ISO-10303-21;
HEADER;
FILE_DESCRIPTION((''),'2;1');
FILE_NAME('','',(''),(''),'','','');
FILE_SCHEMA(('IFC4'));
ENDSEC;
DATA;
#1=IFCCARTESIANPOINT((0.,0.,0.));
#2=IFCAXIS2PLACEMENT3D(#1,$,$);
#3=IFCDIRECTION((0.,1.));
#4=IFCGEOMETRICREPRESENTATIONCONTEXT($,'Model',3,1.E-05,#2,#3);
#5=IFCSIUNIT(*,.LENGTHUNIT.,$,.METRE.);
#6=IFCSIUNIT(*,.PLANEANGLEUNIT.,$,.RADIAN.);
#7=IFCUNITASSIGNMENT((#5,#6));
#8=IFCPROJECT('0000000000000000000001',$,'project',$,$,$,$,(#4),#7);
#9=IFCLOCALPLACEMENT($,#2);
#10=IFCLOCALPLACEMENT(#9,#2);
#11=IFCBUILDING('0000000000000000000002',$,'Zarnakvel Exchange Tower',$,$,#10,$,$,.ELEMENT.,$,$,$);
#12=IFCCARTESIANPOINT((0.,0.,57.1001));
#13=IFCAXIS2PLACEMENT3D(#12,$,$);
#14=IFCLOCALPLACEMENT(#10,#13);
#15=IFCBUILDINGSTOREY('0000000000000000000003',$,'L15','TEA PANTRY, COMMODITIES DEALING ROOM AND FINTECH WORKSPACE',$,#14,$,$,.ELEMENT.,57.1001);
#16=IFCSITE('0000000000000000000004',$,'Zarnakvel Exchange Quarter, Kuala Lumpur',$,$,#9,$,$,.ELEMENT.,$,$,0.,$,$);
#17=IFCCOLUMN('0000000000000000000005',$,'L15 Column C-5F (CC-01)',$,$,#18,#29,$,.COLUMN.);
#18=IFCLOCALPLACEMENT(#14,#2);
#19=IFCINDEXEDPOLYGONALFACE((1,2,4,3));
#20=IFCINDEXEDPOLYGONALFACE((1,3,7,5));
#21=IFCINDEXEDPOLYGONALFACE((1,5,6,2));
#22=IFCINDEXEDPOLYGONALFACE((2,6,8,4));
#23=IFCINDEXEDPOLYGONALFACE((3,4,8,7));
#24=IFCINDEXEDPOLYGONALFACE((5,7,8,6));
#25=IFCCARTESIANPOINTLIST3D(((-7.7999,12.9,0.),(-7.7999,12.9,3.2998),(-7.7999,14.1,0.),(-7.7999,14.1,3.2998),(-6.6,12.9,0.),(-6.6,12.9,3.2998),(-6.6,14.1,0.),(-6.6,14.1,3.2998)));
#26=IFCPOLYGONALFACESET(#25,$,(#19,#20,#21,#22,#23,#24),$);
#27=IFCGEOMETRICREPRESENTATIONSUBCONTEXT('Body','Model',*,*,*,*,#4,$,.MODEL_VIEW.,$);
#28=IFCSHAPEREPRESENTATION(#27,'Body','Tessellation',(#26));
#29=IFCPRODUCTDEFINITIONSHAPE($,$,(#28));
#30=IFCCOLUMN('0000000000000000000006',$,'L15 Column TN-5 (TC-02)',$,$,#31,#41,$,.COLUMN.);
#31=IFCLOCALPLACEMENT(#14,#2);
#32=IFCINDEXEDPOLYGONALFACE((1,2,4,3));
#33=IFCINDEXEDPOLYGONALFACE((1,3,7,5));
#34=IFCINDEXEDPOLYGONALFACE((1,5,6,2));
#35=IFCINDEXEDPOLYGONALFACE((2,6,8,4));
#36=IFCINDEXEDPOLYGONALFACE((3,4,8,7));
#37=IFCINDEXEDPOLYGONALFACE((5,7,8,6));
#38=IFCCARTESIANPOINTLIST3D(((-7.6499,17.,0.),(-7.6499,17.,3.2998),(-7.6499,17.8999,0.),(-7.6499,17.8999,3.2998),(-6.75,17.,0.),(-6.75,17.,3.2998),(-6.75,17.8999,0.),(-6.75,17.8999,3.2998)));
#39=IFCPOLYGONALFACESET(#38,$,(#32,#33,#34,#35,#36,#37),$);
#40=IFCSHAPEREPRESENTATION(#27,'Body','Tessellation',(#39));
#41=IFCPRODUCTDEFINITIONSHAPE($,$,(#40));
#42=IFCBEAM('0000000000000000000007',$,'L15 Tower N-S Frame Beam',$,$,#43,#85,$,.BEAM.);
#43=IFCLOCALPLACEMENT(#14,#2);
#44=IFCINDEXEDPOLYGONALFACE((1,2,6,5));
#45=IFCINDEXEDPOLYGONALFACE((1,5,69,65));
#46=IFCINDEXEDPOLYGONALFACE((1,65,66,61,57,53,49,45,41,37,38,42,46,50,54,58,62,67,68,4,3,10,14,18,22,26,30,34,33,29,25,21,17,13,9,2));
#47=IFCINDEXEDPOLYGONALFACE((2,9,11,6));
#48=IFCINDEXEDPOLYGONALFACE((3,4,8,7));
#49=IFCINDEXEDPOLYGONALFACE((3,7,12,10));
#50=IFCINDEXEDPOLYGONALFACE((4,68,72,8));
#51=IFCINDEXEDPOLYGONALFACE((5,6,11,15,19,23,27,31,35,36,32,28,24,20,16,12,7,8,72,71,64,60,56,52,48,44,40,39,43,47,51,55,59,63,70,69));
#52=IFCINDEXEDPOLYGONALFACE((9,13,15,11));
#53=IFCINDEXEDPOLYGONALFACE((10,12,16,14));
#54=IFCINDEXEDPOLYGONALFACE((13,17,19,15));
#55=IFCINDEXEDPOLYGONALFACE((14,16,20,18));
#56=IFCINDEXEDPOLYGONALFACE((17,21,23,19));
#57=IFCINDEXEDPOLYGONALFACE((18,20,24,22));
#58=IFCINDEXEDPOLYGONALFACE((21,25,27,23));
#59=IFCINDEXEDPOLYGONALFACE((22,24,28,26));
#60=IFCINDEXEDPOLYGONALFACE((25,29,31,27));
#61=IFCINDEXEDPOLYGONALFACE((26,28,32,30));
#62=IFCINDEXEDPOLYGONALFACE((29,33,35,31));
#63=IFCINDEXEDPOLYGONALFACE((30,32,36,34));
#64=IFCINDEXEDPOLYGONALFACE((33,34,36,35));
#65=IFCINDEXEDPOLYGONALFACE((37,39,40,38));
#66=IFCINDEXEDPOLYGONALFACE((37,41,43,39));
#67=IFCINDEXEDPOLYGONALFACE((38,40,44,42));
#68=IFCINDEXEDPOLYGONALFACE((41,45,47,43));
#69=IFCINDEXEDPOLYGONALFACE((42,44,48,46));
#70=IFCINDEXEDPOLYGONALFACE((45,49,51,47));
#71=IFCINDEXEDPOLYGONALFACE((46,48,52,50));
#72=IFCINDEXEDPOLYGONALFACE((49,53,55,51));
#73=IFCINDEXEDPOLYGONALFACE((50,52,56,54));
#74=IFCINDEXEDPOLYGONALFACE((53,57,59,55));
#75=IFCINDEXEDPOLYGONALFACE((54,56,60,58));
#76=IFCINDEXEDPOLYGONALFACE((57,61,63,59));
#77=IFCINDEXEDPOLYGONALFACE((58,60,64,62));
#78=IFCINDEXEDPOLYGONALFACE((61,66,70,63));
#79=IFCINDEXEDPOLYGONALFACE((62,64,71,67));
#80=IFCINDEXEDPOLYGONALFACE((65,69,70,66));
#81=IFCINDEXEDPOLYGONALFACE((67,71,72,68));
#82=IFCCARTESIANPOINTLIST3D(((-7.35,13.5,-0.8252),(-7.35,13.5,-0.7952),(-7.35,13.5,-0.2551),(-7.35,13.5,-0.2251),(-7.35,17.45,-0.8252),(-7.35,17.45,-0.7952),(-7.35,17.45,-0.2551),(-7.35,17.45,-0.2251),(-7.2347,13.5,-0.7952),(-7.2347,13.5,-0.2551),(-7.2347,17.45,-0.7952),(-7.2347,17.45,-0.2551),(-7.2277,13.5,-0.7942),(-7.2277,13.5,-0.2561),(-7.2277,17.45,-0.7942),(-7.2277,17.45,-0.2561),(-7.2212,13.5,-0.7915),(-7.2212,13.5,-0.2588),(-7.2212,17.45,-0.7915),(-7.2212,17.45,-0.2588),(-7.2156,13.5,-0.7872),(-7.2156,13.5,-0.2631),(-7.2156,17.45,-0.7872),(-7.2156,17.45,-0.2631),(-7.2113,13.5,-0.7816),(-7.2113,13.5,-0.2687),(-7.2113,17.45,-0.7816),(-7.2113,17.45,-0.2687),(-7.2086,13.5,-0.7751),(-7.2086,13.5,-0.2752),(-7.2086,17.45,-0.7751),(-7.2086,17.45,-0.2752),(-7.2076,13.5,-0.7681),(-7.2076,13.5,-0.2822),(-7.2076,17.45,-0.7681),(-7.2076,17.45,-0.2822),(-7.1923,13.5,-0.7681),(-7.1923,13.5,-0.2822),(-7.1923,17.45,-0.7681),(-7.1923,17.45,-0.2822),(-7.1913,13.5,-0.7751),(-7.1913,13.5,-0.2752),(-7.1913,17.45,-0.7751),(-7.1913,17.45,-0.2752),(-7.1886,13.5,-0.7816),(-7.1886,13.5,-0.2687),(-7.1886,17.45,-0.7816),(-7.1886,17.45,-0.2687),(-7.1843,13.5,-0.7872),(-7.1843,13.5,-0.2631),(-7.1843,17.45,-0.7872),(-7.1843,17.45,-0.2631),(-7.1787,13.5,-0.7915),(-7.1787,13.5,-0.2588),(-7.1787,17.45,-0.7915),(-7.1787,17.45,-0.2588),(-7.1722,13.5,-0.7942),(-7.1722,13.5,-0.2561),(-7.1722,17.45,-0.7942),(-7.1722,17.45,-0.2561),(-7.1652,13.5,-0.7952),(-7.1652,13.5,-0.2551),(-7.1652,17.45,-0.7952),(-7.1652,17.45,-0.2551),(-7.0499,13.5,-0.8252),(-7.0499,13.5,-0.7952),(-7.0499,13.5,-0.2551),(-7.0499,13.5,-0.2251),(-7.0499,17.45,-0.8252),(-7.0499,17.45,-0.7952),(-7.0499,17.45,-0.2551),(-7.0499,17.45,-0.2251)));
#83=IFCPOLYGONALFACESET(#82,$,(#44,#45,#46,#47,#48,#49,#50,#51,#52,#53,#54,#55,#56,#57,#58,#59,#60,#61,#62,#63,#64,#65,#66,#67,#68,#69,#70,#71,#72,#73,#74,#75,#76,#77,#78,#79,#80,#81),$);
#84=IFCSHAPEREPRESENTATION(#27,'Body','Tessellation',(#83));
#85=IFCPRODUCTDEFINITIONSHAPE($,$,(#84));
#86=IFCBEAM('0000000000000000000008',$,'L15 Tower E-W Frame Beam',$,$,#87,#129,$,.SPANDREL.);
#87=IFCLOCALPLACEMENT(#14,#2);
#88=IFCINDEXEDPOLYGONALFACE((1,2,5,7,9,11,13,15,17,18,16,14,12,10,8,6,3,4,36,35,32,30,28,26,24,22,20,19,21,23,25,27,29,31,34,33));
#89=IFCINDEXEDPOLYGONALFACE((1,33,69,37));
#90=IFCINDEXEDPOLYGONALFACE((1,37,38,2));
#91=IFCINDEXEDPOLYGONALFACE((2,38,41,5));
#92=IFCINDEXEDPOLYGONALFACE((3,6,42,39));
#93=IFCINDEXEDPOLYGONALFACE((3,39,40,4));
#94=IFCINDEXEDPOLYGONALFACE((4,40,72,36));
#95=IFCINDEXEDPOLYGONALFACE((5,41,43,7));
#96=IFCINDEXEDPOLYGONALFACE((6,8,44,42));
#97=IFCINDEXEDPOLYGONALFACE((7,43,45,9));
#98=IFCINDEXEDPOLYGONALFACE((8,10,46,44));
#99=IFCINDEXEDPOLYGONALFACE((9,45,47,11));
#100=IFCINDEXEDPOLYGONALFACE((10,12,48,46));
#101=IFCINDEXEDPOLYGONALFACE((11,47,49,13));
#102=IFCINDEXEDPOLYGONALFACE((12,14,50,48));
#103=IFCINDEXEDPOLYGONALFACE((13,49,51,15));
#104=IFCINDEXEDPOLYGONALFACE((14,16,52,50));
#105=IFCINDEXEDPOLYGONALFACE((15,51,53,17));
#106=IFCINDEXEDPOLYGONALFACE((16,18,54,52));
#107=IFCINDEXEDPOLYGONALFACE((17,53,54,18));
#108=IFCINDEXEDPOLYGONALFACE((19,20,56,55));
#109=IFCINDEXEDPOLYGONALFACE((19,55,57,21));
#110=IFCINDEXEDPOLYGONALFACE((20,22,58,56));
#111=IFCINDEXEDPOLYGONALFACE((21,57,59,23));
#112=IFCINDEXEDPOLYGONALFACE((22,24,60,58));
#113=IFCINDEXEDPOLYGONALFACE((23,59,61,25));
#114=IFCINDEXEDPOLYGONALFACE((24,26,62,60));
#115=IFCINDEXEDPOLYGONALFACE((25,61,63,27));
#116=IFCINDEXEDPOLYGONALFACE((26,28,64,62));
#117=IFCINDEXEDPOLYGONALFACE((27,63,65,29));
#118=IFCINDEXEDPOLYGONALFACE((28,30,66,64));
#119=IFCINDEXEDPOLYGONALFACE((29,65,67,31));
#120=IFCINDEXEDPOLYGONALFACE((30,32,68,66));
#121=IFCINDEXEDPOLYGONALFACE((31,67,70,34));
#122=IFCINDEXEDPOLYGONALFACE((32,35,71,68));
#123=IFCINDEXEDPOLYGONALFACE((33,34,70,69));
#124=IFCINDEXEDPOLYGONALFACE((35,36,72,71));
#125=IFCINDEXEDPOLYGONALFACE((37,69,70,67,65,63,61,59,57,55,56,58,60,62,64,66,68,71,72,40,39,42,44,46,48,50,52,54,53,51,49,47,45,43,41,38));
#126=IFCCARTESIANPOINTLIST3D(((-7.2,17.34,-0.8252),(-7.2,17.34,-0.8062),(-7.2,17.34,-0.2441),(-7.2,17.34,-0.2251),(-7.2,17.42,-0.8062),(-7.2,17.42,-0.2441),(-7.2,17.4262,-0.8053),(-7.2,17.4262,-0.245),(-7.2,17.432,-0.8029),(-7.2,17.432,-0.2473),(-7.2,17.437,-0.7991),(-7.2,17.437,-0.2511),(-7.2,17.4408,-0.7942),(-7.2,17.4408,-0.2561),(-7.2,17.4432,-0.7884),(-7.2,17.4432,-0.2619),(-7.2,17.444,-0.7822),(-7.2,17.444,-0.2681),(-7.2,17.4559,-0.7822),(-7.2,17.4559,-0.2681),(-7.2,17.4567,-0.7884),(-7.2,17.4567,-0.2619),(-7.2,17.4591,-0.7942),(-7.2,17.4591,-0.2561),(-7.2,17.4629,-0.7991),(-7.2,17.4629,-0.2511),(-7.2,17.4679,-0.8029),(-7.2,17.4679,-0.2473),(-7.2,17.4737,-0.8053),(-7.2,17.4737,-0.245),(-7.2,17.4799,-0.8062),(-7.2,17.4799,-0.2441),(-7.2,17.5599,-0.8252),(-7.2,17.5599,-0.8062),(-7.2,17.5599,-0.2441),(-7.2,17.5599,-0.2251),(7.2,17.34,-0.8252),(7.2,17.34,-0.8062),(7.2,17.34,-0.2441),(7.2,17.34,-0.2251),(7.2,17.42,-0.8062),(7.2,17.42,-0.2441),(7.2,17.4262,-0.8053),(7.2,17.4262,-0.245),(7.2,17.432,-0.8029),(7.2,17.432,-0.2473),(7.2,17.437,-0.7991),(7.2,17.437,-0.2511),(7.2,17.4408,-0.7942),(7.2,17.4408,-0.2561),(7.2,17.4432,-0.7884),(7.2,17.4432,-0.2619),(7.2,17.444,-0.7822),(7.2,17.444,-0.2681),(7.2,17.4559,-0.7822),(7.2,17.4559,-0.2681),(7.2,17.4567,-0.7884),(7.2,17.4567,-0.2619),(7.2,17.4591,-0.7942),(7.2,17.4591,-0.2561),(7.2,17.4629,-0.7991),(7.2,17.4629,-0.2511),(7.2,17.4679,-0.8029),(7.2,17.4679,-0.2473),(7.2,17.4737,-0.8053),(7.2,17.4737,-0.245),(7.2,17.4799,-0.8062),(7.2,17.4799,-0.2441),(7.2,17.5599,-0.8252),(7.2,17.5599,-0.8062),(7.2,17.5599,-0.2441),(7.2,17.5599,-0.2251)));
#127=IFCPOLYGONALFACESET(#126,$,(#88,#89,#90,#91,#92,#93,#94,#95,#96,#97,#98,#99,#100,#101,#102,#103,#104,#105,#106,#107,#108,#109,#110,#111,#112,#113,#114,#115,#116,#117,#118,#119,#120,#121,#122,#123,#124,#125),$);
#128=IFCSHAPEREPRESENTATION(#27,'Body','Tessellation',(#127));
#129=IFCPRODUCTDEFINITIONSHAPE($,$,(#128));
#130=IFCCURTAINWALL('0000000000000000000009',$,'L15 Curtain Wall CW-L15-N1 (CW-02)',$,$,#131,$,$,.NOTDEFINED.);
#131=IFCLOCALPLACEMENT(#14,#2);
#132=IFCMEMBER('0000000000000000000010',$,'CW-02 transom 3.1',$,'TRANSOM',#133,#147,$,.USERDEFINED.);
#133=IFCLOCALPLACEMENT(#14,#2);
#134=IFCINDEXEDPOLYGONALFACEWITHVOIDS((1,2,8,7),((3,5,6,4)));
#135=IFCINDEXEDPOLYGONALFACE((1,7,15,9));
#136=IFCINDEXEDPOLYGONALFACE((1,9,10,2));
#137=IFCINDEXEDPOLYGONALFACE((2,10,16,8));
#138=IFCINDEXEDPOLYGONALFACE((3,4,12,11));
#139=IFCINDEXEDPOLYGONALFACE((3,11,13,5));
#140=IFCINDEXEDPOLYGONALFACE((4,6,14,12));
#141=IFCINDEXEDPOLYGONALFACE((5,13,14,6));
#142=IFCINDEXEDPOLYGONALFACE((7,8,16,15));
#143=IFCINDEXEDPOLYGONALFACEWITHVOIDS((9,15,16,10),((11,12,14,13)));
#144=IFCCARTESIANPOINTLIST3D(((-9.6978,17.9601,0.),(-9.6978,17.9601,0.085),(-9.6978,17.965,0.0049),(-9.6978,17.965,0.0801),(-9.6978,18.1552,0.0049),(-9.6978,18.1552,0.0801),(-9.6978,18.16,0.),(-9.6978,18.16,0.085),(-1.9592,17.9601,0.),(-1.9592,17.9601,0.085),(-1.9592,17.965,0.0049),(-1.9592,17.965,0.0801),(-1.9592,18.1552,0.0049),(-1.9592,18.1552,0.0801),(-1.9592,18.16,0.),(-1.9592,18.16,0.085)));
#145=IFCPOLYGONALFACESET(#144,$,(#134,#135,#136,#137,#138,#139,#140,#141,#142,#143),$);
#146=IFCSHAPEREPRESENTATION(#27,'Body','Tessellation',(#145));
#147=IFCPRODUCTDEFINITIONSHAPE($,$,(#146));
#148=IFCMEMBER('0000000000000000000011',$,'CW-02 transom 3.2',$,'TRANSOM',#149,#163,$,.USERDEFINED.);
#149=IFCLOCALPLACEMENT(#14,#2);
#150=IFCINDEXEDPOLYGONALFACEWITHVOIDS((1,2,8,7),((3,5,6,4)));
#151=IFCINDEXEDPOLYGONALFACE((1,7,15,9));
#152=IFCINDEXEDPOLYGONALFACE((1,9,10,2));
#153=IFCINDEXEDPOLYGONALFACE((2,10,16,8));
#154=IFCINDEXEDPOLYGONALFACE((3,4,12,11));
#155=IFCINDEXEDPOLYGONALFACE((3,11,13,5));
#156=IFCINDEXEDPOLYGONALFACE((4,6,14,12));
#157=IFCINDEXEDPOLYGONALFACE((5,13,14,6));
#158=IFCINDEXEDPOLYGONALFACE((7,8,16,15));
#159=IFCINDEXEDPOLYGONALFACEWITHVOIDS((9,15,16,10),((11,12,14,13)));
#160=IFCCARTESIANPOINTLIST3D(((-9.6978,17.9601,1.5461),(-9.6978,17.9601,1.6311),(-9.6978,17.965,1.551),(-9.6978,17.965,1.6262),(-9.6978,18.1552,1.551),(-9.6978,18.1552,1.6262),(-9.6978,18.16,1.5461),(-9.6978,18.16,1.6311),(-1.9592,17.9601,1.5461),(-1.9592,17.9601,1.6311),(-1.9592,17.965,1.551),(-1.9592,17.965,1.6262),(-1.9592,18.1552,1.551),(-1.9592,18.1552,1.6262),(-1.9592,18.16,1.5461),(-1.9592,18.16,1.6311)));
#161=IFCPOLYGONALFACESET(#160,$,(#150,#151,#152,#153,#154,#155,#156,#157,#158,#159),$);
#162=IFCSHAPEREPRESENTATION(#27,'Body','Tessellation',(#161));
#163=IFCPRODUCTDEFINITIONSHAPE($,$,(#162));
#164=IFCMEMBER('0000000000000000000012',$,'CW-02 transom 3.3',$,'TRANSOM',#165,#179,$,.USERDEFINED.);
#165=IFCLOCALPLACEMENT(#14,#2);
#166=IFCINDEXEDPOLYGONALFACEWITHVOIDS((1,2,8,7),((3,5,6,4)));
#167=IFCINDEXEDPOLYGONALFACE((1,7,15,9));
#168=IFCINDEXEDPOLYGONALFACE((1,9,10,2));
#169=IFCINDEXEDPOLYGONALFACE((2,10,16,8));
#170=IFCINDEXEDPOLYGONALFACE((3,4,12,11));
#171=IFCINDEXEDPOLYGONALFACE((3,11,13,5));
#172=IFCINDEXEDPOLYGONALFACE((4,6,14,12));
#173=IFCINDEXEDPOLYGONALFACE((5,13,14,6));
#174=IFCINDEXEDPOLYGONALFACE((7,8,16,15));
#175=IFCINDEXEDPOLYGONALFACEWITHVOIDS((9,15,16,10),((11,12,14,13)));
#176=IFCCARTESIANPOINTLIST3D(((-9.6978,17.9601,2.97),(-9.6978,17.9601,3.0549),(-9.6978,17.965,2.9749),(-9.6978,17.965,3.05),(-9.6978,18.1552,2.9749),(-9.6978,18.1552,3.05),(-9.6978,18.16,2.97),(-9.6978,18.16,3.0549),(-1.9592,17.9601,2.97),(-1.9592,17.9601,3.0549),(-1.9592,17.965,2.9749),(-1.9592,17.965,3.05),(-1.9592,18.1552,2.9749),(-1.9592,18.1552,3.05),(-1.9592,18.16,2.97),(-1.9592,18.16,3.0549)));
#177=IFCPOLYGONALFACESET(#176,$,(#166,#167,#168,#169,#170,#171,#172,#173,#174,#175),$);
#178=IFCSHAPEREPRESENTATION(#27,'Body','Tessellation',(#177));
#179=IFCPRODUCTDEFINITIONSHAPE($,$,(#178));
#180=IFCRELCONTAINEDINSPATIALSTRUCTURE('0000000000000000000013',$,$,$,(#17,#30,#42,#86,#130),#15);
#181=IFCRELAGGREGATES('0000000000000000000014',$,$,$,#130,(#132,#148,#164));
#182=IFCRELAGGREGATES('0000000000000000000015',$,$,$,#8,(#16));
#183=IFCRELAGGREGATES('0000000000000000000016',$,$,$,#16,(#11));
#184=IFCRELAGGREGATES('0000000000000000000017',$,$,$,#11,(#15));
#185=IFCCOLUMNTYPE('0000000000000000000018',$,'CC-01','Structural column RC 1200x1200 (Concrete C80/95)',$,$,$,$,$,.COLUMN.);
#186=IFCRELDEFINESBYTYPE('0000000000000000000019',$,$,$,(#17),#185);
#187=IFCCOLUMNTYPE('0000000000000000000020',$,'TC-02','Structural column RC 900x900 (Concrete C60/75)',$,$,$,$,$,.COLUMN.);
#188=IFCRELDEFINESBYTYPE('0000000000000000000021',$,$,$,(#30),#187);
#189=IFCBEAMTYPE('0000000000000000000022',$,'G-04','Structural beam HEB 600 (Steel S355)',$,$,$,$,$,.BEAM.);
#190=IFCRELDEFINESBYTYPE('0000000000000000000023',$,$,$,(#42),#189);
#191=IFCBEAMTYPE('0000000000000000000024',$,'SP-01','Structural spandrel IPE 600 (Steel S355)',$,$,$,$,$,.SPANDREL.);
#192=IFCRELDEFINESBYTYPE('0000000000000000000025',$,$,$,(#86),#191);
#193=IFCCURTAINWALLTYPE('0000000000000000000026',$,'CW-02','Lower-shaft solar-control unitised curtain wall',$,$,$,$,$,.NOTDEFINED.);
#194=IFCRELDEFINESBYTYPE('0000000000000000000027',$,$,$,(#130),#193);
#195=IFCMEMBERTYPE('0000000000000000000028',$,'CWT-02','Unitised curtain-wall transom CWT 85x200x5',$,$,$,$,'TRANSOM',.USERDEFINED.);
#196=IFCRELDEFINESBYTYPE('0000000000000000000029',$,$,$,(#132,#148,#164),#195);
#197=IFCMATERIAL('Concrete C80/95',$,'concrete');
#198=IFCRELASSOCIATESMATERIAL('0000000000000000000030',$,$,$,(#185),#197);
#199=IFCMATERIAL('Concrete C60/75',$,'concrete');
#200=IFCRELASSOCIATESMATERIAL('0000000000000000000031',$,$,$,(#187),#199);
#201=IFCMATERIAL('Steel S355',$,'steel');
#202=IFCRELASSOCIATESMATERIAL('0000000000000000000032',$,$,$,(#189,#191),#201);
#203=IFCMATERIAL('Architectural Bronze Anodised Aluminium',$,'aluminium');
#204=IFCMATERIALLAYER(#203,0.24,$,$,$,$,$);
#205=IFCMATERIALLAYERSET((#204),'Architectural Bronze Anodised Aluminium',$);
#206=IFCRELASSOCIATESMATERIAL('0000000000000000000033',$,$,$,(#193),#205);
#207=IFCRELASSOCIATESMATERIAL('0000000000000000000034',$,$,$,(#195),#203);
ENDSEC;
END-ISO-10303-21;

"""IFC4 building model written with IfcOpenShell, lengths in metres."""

from ifc_helpers import new_model, si_unit, direction, frame, origin, origin_2d, place, context, subcontext, project, spatial, rectangle, hollow_rectangle, i_section, extrude, source, transform, mapped, material, layer, layer_set, material_profile, profile_set, type_object, element, aggregate, save


model = new_model("IFC4")

# Units and contexts
model_context = context("Model", 3, precision=1e-05, world=origin(), true_north=direction((0.0, 1.0)))
body_context = subcontext(model_context, "Body", "Model", "MODEL_VIEW")
ifc_project = project(units=[si_unit("LENGTHUNIT", "METRE"), si_unit("PLANEANGLEUNIT", "RADIAN")], contexts=[model_context])

# Site, building, storey
site_placement = place(None, origin())
site = spatial("IfcSite", under=ifc_project, at=site_placement, Name="Zarnakvel Exchange Quarter, Kuala Lumpur", CompositionType="ELEMENT", RefElevation=0.0)
building_placement = place(site_placement, origin())
building = spatial("IfcBuilding", under=site, at=building_placement, Name="Zarnakvel Exchange Tower", CompositionType="ELEMENT")
storey_placement = place(building_placement, frame((0.0, 0.0, 57.1001)))
storey = spatial("IfcBuildingStorey", under=building, at=storey_placement, Name="L15", Description="TEA PANTRY, COMMODITIES DEALING ROOM AND FINTECH WORKSPACE", CompositionType="ELEMENT", Elevation=57.1001)

# Columns
ifc_material_1 = material(Name="Concrete C80/95", Category="concrete")
ifc_material_profile_1 = material_profile(ifc_material_1, rectangle(XDim=1.2, YDim=1.2, at=origin_2d()))
ifc_profile_set_1 = profile_set([ifc_material_profile_1], Name="Concrete C80/95")
column_type_1 = type_object("IfcColumnType", Name="CC-01", Description="Structural column RC 1200x1200 (Concrete C80/95)", PredefinedType="COLUMN", material=ifc_profile_set_1)
column_1_placement = place(storey_placement, frame((-7.2, 13.5, 0.0), z_axis=(0.0, 0.0, 1.0), x_axis=(1.0, 0.0, 0.0)))
element("IfcColumn", 1, at=column_1_placement, inside=storey, type_object=column_type_1, Name="L15 Column C-5F (CC-01)", PredefinedType="COLUMN", context=body_context, shape_type="SweptSolid", body=[
    extrude(rectangle(XDim=1.2, YDim=1.2, at=origin_2d()), origin(), (0.0, 0.0, 1.0), 3.2998),
])
ifc_material_2 = material(Name="Concrete C60/75", Category="concrete")
ifc_material_profile_2 = material_profile(ifc_material_2, rectangle(XDim=0.8999, YDim=0.8999, at=origin_2d()))
ifc_profile_set_2 = profile_set([ifc_material_profile_2], Name="Concrete C60/75")
column_type_2 = type_object("IfcColumnType", Name="TC-02", Description="Structural column RC 900x900 (Concrete C60/75)", PredefinedType="COLUMN", material=ifc_profile_set_2)
column_2_placement = place(storey_placement, frame((-7.2, 17.45, 0.0), z_axis=(0.0, 0.0, 1.0), x_axis=(1.0, 0.0, 0.0)))
element("IfcColumn", 2, at=column_2_placement, inside=storey, type_object=column_type_2, Name="L15 Column TN-5 (TC-02)", PredefinedType="COLUMN", context=body_context, shape_type="SweptSolid", body=[
    extrude(rectangle(XDim=0.8999, YDim=0.8999, at=origin_2d()), origin(), (0.0, 0.0, 1.0), 3.2998),
])

# Beams
ifc_material_3 = material(Name="Steel S355", Category="steel")
ifc_material_profile_3 = material_profile(ifc_material_3, i_section(OverallWidth=0.3, OverallDepth=0.6001, WebThickness=0.0154, FlangeThickness=0.03, FilletRadius=0.0271, at=origin_2d()))
ifc_profile_set_3 = profile_set([ifc_material_profile_3], Name="Steel S355")
beam_type_1 = type_object("IfcBeamType", Name="G-04", Description="Structural beam HEB 600 (Steel S355)", PredefinedType="BEAM", material=ifc_profile_set_3)
beam_1_placement = place(storey_placement, frame((-7.2, 13.5, -0.5251), z_axis=(0.0, 1.0, 0.0), x_axis=(-1.0, 0.0, 0.0)))
element("IfcBeam", 3, at=beam_1_placement, inside=storey, type_object=beam_type_1, Name="L15 Tower N-S Frame Beam", PredefinedType="BEAM", context=body_context, shape_type="SweptSolid", body=[
    extrude(i_section(OverallWidth=0.3, OverallDepth=0.6001, WebThickness=0.0154, FlangeThickness=0.03, FilletRadius=0.0271, at=origin_2d()), origin(), (0.0, 0.0, 1.0), 3.95),
])
ifc_material_profile_4 = material_profile(ifc_material_3, i_section(OverallWidth=0.22, OverallDepth=0.6001, WebThickness=0.012, FlangeThickness=0.019, FilletRadius=0.0239, at=origin_2d()))
ifc_profile_set_4 = profile_set([ifc_material_profile_4], Name="Steel S355")
beam_type_2 = type_object("IfcBeamType", Name="SP-01", Description="Structural spandrel IPE 600 (Steel S355)", PredefinedType="SPANDREL", material=ifc_profile_set_4)
beam_2_placement = place(storey_placement, frame((-7.2, 17.45, -0.5251), z_axis=(1.0, 0.0, 0.0), x_axis=(0.0, 1.0, 0.0)))
element("IfcBeam", 4, at=beam_2_placement, inside=storey, type_object=beam_type_2, Name="L15 Tower E-W Frame Beam", PredefinedType="SPANDREL", context=body_context, shape_type="SweptSolid", body=[
    extrude(i_section(OverallWidth=0.22, OverallDepth=0.6001, WebThickness=0.012, FlangeThickness=0.019, FilletRadius=0.0239, at=origin_2d()), origin(), (0.0, 0.0, 1.0), 14.3999),
])

# Curtain wall, members
ifc_material_4 = material(Name="Architectural Bronze Anodised Aluminium", Category="aluminium")
ifc_layer_1 = layer(ifc_material_4, 0.24)
ifc_layer_set_1 = layer_set([ifc_layer_1], Name="Architectural Bronze Anodised Aluminium")
curtain_wall_type = type_object("IfcCurtainWallType", Name="CW-02", Description="Lower-shaft solar-control unitised curtain wall", PredefinedType="NOTDEFINED", material=ifc_layer_set_1)
curtain_wall_placement = place(storey_placement, origin())
curtain_wall = element("IfcCurtainWall", 5, at=curtain_wall_placement, inside=storey, type_object=curtain_wall_type, Name="L15 Curtain Wall CW-L15-N1 (CW-02)", PredefinedType="NOTDEFINED")
ifc_material_profile_5 = material_profile(ifc_material_4, hollow_rectangle(XDim=0.2, YDim=0.085, WallThickness=0.0049, at=origin_2d()))
ifc_profile_set_5 = profile_set([ifc_material_profile_5], Name="Architectural Bronze Anodised Aluminium")
member_type_1 = type_object("IfcMemberType", Name="CWT-02", Description="Unitised curtain-wall transom CWT 85x200x5", ElementType="TRANSOM", PredefinedType="USERDEFINED", material=ifc_profile_set_5)
shared_shape_1 = source(origin(), body_context, "Body", "SweptSolid", [
    extrude(hollow_rectangle(XDim=0.2, YDim=0.085, WallThickness=0.0049, at=origin_2d()), origin(), (0.0, 0.0, 1.0), 7.7385),
])
member_1_placement = place(storey_placement, frame((-9.6978, 18.0601, 0.0425), z_axis=(1.0, 0.0, 0.0), x_axis=(0.0, 1.0, 0.0)))
member_1 = element("IfcMember", 6, at=member_1_placement, type_object=member_type_1, Name="CW-02 transom 3.1", ObjectType="TRANSOM", PredefinedType="USERDEFINED", context=body_context, shape_type="MappedRepresentation", body=[
    mapped(shared_shape_1, transform((0.0, 0.0, 0.0), x_axis=(1.0, 0.0, 0.0), y_axis=(0.0, 1.0, 0.0), z_axis=(0.0, 0.0, 1.0), scale=1.0)),
])
member_2_placement = place(storey_placement, frame((-9.6978, 18.0601, 1.5886), z_axis=(1.0, 0.0, 0.0), x_axis=(0.0, 1.0, 0.0)))
member_2 = element("IfcMember", 7, at=member_2_placement, type_object=member_type_1, Name="CW-02 transom 3.2", ObjectType="TRANSOM", PredefinedType="USERDEFINED", context=body_context, shape_type="MappedRepresentation", body=[
    mapped(shared_shape_1, transform((0.0, 0.0, 0.0), x_axis=(1.0, 0.0, 0.0), y_axis=(0.0, 1.0, 0.0), z_axis=(0.0, 0.0, 1.0), scale=1.0)),
])
member_3_placement = place(storey_placement, frame((-9.6978, 18.0601, 3.0125), z_axis=(1.0, 0.0, 0.0), x_axis=(0.0, 1.0, 0.0)))
member_3 = element("IfcMember", 8, at=member_3_placement, type_object=member_type_1, Name="CW-02 transom 3.3", ObjectType="TRANSOM", PredefinedType="USERDEFINED", context=body_context, shape_type="MappedRepresentation", body=[
    mapped(shared_shape_1, transform((0.0, 0.0, 0.0), x_axis=(1.0, 0.0, 0.0), y_axis=(0.0, 1.0, 0.0), z_axis=(0.0, 0.0, 1.0), scale=1.0)),
])
aggregate(curtain_wall, [member_1, member_2, member_3])

save(model, "model.ifc")
